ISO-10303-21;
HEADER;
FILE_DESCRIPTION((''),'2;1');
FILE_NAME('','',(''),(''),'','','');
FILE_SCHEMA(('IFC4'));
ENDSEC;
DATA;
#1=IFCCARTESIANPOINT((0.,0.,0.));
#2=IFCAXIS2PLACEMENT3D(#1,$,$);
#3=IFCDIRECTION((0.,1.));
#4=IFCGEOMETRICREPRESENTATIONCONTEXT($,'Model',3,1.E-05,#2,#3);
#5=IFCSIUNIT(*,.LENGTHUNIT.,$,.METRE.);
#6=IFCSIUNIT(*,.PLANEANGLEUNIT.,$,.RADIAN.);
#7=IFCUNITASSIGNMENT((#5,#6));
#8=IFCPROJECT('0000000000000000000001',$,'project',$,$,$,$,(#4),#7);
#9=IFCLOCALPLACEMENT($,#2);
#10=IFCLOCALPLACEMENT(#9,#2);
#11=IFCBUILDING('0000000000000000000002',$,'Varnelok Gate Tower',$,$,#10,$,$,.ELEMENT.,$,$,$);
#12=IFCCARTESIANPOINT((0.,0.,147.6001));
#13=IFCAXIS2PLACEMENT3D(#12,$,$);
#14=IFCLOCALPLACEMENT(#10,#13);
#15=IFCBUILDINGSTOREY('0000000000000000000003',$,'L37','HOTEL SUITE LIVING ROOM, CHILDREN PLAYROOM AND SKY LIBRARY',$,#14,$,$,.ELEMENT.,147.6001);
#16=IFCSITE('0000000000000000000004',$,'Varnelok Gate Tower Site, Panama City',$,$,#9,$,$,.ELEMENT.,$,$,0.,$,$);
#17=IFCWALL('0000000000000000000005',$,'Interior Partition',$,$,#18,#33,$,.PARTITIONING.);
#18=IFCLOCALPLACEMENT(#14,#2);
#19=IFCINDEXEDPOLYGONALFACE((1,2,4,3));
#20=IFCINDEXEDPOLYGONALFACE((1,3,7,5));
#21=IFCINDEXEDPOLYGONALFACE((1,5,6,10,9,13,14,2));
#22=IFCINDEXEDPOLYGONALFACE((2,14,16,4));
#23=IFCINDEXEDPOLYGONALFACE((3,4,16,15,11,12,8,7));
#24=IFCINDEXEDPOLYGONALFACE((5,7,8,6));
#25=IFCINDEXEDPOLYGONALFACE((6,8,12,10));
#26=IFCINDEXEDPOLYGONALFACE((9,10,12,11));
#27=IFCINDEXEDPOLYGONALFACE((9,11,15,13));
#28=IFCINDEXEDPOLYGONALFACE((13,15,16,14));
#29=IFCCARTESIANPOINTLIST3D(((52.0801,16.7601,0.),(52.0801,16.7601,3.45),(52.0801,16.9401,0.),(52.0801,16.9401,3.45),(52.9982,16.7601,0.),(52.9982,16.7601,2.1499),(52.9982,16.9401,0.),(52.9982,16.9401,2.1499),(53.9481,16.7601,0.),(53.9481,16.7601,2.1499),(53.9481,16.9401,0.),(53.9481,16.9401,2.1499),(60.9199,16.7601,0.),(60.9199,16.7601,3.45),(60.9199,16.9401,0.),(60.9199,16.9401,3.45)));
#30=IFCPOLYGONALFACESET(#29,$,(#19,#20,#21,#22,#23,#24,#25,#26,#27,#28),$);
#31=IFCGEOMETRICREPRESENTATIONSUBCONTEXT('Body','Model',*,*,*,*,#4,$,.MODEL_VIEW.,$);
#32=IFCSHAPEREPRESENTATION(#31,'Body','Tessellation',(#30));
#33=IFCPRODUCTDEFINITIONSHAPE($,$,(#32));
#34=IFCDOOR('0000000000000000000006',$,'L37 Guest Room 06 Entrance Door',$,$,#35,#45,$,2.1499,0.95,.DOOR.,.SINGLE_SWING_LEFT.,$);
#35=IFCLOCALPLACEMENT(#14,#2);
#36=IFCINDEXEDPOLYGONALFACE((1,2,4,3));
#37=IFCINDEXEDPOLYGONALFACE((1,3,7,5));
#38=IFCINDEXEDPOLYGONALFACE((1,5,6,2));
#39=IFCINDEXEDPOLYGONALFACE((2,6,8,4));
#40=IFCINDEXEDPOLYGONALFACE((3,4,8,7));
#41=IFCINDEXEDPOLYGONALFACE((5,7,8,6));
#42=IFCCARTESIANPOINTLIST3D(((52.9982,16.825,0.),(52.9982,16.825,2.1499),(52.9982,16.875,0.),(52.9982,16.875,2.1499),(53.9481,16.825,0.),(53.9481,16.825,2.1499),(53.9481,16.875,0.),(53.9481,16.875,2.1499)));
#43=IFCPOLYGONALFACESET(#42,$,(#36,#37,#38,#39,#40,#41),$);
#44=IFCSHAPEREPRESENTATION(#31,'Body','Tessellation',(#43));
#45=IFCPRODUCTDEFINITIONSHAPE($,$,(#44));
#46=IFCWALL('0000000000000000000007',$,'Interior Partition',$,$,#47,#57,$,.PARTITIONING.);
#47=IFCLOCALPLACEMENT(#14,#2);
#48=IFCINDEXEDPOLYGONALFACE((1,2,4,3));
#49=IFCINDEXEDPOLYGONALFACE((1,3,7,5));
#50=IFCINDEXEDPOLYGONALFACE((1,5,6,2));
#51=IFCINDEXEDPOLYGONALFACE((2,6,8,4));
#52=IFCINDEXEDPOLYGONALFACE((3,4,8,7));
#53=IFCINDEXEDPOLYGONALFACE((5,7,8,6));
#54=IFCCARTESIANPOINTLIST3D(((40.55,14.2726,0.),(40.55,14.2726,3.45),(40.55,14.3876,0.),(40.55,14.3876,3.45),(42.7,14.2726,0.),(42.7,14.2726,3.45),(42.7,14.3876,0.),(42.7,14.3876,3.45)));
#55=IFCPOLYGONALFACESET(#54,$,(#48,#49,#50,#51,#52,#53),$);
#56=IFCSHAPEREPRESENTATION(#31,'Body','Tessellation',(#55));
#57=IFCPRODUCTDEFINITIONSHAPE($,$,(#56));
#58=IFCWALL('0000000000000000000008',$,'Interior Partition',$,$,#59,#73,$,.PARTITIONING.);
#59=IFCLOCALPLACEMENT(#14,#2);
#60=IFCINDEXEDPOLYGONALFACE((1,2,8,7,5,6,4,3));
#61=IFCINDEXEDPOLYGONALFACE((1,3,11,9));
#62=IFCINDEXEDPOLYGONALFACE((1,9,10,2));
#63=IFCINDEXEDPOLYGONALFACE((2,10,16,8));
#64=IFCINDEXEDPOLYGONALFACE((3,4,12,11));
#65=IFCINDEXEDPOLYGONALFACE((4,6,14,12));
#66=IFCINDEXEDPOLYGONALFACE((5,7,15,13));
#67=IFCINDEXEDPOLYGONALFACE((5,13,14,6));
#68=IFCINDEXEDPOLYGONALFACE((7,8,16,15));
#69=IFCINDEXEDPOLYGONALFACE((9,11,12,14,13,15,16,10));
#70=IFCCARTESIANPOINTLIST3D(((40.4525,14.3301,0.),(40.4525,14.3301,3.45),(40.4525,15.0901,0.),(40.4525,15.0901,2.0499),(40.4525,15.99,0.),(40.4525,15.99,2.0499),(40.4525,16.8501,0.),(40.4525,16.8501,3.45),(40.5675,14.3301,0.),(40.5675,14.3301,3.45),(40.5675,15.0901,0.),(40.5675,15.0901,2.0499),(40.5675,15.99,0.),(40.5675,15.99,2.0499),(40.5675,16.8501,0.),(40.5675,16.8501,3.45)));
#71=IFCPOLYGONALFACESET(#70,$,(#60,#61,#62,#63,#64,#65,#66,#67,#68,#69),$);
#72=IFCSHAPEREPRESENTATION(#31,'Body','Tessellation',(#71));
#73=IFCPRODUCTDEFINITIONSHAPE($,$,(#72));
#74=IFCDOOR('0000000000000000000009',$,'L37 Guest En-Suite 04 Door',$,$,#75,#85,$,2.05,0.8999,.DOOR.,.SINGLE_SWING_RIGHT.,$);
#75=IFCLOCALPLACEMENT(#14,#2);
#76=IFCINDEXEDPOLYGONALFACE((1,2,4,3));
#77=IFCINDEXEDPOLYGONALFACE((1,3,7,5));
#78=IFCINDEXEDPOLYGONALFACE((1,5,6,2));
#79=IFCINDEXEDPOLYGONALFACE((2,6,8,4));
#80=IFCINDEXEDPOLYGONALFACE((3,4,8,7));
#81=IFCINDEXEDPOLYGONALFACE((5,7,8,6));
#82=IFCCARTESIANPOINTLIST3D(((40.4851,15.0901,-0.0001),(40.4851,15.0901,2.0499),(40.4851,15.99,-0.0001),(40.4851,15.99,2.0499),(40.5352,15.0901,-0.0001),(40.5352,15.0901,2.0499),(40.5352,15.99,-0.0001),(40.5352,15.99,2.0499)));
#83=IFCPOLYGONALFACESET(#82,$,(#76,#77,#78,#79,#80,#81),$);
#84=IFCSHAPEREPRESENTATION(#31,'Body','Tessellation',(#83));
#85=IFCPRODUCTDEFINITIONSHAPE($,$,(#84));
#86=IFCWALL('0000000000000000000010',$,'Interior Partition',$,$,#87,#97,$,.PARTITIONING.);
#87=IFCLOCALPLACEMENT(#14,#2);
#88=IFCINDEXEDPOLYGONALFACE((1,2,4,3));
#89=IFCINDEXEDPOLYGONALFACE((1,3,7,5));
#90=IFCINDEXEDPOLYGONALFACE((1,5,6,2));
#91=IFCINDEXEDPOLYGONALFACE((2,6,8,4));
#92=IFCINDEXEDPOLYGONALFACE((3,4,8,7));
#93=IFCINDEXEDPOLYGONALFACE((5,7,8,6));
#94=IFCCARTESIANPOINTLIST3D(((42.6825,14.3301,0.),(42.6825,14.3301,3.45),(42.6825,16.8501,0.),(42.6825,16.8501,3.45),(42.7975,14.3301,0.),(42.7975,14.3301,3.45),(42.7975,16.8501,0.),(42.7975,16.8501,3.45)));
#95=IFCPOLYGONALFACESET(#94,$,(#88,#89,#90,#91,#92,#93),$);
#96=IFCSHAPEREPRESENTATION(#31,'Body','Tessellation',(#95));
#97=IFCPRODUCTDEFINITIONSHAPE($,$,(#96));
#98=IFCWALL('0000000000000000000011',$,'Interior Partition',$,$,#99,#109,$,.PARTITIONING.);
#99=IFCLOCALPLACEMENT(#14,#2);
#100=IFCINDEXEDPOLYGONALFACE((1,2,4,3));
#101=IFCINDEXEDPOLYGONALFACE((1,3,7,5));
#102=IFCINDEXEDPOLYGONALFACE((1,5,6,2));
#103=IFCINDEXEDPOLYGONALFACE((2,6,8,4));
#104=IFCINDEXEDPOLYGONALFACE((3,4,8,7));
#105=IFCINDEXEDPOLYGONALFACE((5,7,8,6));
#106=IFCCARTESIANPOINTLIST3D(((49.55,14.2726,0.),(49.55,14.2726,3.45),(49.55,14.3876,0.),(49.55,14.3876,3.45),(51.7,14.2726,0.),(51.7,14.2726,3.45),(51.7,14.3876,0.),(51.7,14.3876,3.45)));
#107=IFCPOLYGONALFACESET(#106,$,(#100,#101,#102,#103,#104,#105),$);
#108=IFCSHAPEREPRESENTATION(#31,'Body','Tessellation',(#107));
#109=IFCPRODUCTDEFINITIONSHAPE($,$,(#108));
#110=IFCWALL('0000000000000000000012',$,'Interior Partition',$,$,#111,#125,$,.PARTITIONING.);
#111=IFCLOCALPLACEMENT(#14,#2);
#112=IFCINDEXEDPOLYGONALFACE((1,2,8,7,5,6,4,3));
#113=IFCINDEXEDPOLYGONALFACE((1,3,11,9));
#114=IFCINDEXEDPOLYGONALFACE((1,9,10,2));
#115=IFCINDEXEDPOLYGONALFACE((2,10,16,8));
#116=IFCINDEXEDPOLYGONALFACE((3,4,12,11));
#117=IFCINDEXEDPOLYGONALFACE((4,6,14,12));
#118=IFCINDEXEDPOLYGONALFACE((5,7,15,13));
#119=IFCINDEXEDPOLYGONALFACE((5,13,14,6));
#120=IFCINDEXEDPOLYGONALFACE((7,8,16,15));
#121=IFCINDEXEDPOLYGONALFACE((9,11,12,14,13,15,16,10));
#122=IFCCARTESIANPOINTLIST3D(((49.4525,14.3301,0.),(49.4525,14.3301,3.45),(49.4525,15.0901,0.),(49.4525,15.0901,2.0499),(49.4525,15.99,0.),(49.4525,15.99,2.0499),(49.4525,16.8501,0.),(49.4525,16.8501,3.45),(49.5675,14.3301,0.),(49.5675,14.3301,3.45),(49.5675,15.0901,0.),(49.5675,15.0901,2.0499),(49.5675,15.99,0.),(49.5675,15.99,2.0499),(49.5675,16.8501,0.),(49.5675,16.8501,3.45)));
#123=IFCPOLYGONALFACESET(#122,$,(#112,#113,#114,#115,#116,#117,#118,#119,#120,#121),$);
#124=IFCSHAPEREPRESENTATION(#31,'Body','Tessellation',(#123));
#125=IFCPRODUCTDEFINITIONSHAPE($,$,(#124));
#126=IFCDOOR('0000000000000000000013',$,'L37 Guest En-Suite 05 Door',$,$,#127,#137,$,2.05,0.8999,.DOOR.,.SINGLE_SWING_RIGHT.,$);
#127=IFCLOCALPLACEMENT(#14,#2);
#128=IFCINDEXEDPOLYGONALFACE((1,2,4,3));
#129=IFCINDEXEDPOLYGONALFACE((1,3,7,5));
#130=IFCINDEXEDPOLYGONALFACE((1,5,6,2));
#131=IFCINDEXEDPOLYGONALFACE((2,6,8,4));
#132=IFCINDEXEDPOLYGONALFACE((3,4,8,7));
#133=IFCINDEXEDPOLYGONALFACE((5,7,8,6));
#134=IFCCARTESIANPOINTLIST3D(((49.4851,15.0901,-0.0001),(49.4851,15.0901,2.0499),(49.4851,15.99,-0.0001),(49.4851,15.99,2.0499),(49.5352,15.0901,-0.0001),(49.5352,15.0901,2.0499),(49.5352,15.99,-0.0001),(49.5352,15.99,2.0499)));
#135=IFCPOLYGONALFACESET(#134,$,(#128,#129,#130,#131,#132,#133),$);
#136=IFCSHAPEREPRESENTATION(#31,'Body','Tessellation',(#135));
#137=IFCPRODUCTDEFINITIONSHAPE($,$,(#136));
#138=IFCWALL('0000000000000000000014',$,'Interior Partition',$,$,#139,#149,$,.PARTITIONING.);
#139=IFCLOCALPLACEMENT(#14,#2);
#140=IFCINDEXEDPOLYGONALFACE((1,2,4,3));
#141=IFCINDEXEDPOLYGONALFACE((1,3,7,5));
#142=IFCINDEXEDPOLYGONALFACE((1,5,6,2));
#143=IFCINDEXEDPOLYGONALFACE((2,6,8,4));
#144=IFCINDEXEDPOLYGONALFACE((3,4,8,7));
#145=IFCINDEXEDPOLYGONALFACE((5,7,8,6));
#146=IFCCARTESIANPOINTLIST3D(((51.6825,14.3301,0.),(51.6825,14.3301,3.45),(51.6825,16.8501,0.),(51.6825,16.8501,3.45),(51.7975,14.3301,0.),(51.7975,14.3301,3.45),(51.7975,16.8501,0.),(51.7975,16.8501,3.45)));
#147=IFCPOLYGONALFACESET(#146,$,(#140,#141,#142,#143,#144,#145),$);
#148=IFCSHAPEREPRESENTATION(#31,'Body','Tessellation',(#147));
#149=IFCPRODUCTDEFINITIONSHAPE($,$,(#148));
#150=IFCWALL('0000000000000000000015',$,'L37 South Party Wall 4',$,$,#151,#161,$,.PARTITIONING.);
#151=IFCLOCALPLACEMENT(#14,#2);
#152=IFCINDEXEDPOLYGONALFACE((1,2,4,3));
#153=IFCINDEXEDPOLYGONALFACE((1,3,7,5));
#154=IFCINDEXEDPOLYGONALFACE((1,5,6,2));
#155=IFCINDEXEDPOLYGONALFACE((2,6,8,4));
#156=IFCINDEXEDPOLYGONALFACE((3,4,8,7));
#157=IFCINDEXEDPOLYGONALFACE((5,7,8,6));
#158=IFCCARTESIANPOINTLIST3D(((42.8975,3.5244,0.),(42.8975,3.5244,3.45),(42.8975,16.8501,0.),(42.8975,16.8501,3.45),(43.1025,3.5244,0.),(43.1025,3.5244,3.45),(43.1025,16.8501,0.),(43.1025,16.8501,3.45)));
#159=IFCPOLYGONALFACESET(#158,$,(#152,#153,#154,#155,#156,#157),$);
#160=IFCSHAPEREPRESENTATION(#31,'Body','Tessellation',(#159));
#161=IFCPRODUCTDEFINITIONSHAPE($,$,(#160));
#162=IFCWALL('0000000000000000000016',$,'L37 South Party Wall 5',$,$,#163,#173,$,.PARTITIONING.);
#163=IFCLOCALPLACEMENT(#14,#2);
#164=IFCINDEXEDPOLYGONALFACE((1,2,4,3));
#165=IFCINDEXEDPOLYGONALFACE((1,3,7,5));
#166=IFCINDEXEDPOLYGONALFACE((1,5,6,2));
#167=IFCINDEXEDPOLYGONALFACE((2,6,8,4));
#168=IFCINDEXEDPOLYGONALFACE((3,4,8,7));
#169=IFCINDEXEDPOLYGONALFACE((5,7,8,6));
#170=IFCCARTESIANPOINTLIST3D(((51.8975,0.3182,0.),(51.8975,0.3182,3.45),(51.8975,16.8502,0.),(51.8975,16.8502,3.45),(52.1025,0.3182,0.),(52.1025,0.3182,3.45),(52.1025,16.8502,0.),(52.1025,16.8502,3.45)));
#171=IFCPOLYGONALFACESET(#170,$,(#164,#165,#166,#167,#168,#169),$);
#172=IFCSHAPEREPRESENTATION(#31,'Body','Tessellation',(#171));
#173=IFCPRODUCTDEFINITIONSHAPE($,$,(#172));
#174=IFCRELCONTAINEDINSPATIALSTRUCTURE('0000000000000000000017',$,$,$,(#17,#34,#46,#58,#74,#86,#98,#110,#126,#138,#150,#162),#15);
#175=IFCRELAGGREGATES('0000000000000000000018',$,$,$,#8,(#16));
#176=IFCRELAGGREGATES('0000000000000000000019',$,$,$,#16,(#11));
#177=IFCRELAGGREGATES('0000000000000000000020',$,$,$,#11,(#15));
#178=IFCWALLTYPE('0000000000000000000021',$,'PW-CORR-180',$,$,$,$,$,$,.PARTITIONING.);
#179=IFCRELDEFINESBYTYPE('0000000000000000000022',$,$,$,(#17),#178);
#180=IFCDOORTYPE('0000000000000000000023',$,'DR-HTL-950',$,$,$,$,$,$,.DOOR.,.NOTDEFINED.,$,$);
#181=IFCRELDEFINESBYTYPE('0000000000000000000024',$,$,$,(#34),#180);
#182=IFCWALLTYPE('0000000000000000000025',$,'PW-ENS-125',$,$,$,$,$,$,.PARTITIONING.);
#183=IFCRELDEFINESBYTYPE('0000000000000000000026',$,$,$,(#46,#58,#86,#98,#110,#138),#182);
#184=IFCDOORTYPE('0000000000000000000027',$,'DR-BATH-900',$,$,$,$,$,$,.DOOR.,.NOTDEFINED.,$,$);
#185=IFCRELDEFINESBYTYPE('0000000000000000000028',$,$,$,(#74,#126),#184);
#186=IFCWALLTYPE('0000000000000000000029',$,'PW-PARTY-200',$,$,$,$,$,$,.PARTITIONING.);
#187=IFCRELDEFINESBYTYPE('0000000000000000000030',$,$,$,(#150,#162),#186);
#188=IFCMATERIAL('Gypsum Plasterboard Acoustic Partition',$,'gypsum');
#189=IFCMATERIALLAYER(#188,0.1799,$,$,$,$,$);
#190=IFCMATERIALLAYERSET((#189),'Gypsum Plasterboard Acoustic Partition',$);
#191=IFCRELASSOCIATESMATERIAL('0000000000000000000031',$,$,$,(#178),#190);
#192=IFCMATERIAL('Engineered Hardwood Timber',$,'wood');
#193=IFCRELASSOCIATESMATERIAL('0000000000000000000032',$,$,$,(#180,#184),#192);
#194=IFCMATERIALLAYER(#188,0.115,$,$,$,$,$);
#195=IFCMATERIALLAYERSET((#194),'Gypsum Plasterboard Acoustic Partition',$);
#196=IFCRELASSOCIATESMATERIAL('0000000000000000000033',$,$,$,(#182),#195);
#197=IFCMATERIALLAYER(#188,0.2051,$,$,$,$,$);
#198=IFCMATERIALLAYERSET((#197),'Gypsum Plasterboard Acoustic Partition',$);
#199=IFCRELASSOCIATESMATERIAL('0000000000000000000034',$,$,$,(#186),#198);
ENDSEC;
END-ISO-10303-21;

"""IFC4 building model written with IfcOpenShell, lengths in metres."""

from ifc_helpers import new_model, si_unit, direction, frame, frame_2d, origin, place, context, subcontext, project, spatial, rectangle, extrude, material, layer, layer_set, type_object, element, fill, save


model = new_model("IFC4")

# Units and contexts
model_context = context("Model", 3, precision=1e-05, world=origin(), true_north=direction((0.0, 1.0)))
body_context = subcontext(model_context, "Body", "Model", "MODEL_VIEW")
ifc_project = project(units=[si_unit("LENGTHUNIT", "METRE"), si_unit("PLANEANGLEUNIT", "RADIAN")], contexts=[model_context])

# Site, building, storey
site_placement = place(None, origin())
site = spatial("IfcSite", under=ifc_project, at=site_placement, Name="Varnelok Gate Tower Site, Panama City", CompositionType="ELEMENT", RefElevation=0.0)
building_placement = place(site_placement, origin())
building = spatial("IfcBuilding", under=site, at=building_placement, Name="Varnelok Gate Tower", CompositionType="ELEMENT")
storey_placement = place(building_placement, frame((0.0, 0.0, 147.6001)))
storey = spatial("IfcBuildingStorey", under=building, at=storey_placement, Name="L37", Description="HOTEL SUITE LIVING ROOM, CHILDREN PLAYROOM AND SKY LIBRARY", CompositionType="ELEMENT", Elevation=147.6001)

# Wall, opening, door
ifc_material_1 = material(Name="Gypsum Plasterboard Acoustic Partition", Category="gypsum")
ifc_layer_1 = layer(ifc_material_1, 0.1799)
ifc_layer_set_1 = layer_set([ifc_layer_1], Name="Gypsum Plasterboard Acoustic Partition")
wall_type_1 = type_object("IfcWallType", Name="PW-CORR-180", PredefinedType="PARTITIONING", material=ifc_layer_set_1)
ifc_material_2 = material(Name="Engineered Hardwood Timber", Category="wood")
door_type_1 = type_object("IfcDoorType", Name="DR-HTL-950", OperationType="NOTDEFINED", PredefinedType="DOOR", material=ifc_material_2)
wall_1_placement = place(storey_placement, frame((52.0801, 16.8501, 0.0), z_axis=(0.0, 0.0, 1.0), x_axis=(1.0, 0.0, 0.0)))
wall_1 = element("IfcWall", 1, at=wall_1_placement, inside=storey, type_object=wall_type_1, Name="Interior Partition", PredefinedType="PARTITIONING", context=body_context, shape_type="SweptSolid", body=[
    extrude(rectangle(XDim=8.8398, YDim=0.1799, at=frame_2d((4.4199, 0.0))), origin(), (0.0, 0.0, 1.0), 3.45),
])
opening_1_placement = place(wall_1_placement, frame((0.918, 0.0, 0.0)))
opening_1 = element("IfcOpeningElement", 2, at=opening_1_placement, cuts=wall_1, PredefinedType="OPENING", context=body_context, shape_type="SweptSolid", body=[
    extrude(rectangle(XDim=0.95, YDim=2.1499, at=frame_2d((0.4751, 1.075))), frame((0.0, 0.0999, 0.0), z_axis=(0.0, -1.0, 0.0), x_axis=(1.0, 0.0, 0.0)), (0.0, 0.0, 1.0), 0.2),
])
door_1_placement = place(opening_1_placement, origin())
door_1 = element("IfcDoor", 3, at=door_1_placement, inside=storey, type_object=door_type_1, Name="L37 Guest Room 06 Entrance Door", OperationType="SINGLE_SWING_LEFT", OverallHeight=2.1499, OverallWidth=0.95, PredefinedType="DOOR", context=body_context, shape_type="SweptSolid", body=[
    extrude(rectangle(XDim=0.95, YDim=2.1499, at=frame_2d((0.4751, 1.075))), frame((0.0, 0.0249, 0.0), z_axis=(0.0, -1.0, 0.0), x_axis=(1.0, 0.0, 0.0)), (0.0, 0.0, 1.0), 0.05),
])
fill(opening_1, door_1)

# Wall
ifc_layer_2 = layer(ifc_material_1, 0.115)
ifc_layer_set_2 = layer_set([ifc_layer_2], Name="Gypsum Plasterboard Acoustic Partition")
wall_type_2 = type_object("IfcWallType", Name="PW-ENS-125", PredefinedType="PARTITIONING", material=ifc_layer_set_2)
wall_2_placement = place(storey_placement, frame((40.55, 14.3301, 0.0), z_axis=(0.0, 0.0, 1.0), x_axis=(1.0, 0.0, 0.0)))
element("IfcWall", 4, at=wall_2_placement, inside=storey, type_object=wall_type_2, Name="Interior Partition", PredefinedType="PARTITIONING", context=body_context, shape_type="SweptSolid", body=[
    extrude(rectangle(XDim=2.1499, YDim=0.115, at=frame_2d((1.075, 0.0))), origin(), (0.0, 0.0, 1.0), 3.45),
])

# Wall, opening, door
wall_3_placement = place(storey_placement, frame((40.51, 14.3301, 0.0), z_axis=(0.0, 0.0, 1.0), x_axis=(0.0, 1.0, 0.0)))
wall_3 = element("IfcWall", 5, at=wall_3_placement, inside=storey, type_object=wall_type_2, Name="Interior Partition", PredefinedType="PARTITIONING", context=body_context, shape_type="SweptSolid", body=[
    extrude(rectangle(XDim=2.52, YDim=0.115, at=frame_2d((1.26, 0.0))), origin(), (0.0, 0.0, 1.0), 3.45),
])
opening_2_placement = place(wall_3_placement, frame((0.76, 0.0, 0.0)))
opening_2 = element("IfcOpeningElement", 6, at=opening_2_placement, cuts=wall_3, PredefinedType="OPENING", context=body_context, shape_type="SweptSolid", body=[
    extrude(rectangle(XDim=0.8999, YDim=2.05, at=frame_2d((0.45, 1.0249))), frame((0.0, 0.0674, 0.0), z_axis=(0.0, -1.0, 0.0), x_axis=(1.0, 0.0, 0.0)), (0.0, 0.0, 1.0), 0.135),
])
door_type_2 = type_object("IfcDoorType", Name="DR-BATH-900", OperationType="NOTDEFINED", PredefinedType="DOOR", material=ifc_material_2)
door_2_placement = place(opening_2_placement, origin())
door_2 = element("IfcDoor", 7, at=door_2_placement, inside=storey, type_object=door_type_2, Name="L37 Guest En-Suite 04 Door", OperationType="SINGLE_SWING_RIGHT", OverallHeight=2.05, OverallWidth=0.8999, PredefinedType="DOOR", context=body_context, shape_type="SweptSolid", body=[
    extrude(rectangle(XDim=0.8999, YDim=2.05, at=frame_2d((0.45, 1.0249))), frame((0.0, 0.0249, 0.0), z_axis=(0.0, -1.0, 0.0), x_axis=(1.0, 0.0, 0.0)), (0.0, 0.0, 1.0), 0.05),
])
fill(opening_2, door_2)

# Walls
wall_4_placement = place(storey_placement, frame((42.74, 14.3301, 0.0), z_axis=(0.0, 0.0, 1.0), x_axis=(0.0, 1.0, 0.0)))
element("IfcWall", 8, at=wall_4_placement, inside=storey, type_object=wall_type_2, Name="Interior Partition", PredefinedType="PARTITIONING", context=body_context, shape_type="SweptSolid", body=[
    extrude(rectangle(XDim=2.52, YDim=0.115, at=frame_2d((1.26, 0.0))), origin(), (0.0, 0.0, 1.0), 3.45),
])
wall_5_placement = place(storey_placement, frame((49.55, 14.3301, 0.0), z_axis=(0.0, 0.0, 1.0), x_axis=(1.0, 0.0, 0.0)))
element("IfcWall", 9, at=wall_5_placement, inside=storey, type_object=wall_type_2, Name="Interior Partition", PredefinedType="PARTITIONING", context=body_context, shape_type="SweptSolid", body=[
    extrude(rectangle(XDim=2.1499, YDim=0.115, at=frame_2d((1.075, 0.0))), origin(), (0.0, 0.0, 1.0), 3.45),
])

# Wall, opening, door
wall_6_placement = place(storey_placement, frame((49.51, 14.3301, 0.0), z_axis=(0.0, 0.0, 1.0), x_axis=(0.0, 1.0, 0.0)))
wall_6 = element("IfcWall", 10, at=wall_6_placement, inside=storey, type_object=wall_type_2, Name="Interior Partition", PredefinedType="PARTITIONING", context=body_context, shape_type="SweptSolid", body=[
    extrude(rectangle(XDim=2.52, YDim=0.115, at=frame_2d((1.26, 0.0))), origin(), (0.0, 0.0, 1.0), 3.45),
])
opening_3_placement = place(wall_6_placement, frame((0.76, 0.0, 0.0)))
opening_3 = element("IfcOpeningElement", 11, at=opening_3_placement, cuts=wall_6, PredefinedType="OPENING", context=body_context, shape_type="SweptSolid", body=[
    extrude(rectangle(XDim=0.8999, YDim=2.05, at=frame_2d((0.45, 1.0249))), frame((0.0, 0.0674, 0.0), z_axis=(0.0, -1.0, 0.0), x_axis=(1.0, 0.0, 0.0)), (0.0, 0.0, 1.0), 0.135),
])
door_3_placement = place(opening_3_placement, origin())
door_3 = element("IfcDoor", 12, at=door_3_placement, inside=storey, type_object=door_type_2, Name="L37 Guest En-Suite 05 Door", OperationType="SINGLE_SWING_RIGHT", OverallHeight=2.05, OverallWidth=0.8999, PredefinedType="DOOR", context=body_context, shape_type="SweptSolid", body=[
    extrude(rectangle(XDim=0.8999, YDim=2.05, at=frame_2d((0.45, 1.0249))), frame((0.0, 0.0249, 0.0), z_axis=(0.0, -1.0, 0.0), x_axis=(1.0, 0.0, 0.0)), (0.0, 0.0, 1.0), 0.05),
])
fill(opening_3, door_3)

# Walls
wall_7_placement = place(storey_placement, frame((51.74, 14.3301, 0.0), z_axis=(0.0, 0.0, 1.0), x_axis=(0.0, 1.0, 0.0)))
element("IfcWall", 13, at=wall_7_placement, inside=storey, type_object=wall_type_2, Name="Interior Partition", PredefinedType="PARTITIONING", context=body_context, shape_type="SweptSolid", body=[
    extrude(rectangle(XDim=2.52, YDim=0.115, at=frame_2d((1.26, 0.0))), origin(), (0.0, 0.0, 1.0), 3.45),
])
ifc_layer_3 = layer(ifc_material_1, 0.2051)
ifc_layer_set_3 = layer_set([ifc_layer_3], Name="Gypsum Plasterboard Acoustic Partition")
wall_type_3 = type_object("IfcWallType", Name="PW-PARTY-200", PredefinedType="PARTITIONING", material=ifc_layer_set_3)
wall_8_placement = place(storey_placement, frame((43.0, 3.5244, 0.0), z_axis=(0.0, 0.0, 1.0), x_axis=(0.0, 1.0, 0.0)))
element("IfcWall", 14, at=wall_8_placement, inside=storey, type_object=wall_type_3, Name="L37 South Party Wall 4", PredefinedType="PARTITIONING", context=body_context, shape_type="SweptSolid", body=[
    extrude(rectangle(XDim=13.3257, YDim=0.2051, at=frame_2d((6.6628, 0.0))), origin(), (0.0, 0.0, 1.0), 3.45),
])
wall_9_placement = place(storey_placement, frame((52.0, 0.3181, 0.0), z_axis=(0.0, 0.0, 1.0), x_axis=(0.0, 1.0, 0.0)))
element("IfcWall", 15, at=wall_9_placement, inside=storey, type_object=wall_type_3, Name="L37 South Party Wall 5", PredefinedType="PARTITIONING", context=body_context, shape_type="SweptSolid", body=[
    extrude(rectangle(XDim=16.532, YDim=0.2051, at=frame_2d((8.2661, 0.0))), origin(), (0.0, 0.0, 1.0), 3.45),
])

save(model, "model.ifc")
